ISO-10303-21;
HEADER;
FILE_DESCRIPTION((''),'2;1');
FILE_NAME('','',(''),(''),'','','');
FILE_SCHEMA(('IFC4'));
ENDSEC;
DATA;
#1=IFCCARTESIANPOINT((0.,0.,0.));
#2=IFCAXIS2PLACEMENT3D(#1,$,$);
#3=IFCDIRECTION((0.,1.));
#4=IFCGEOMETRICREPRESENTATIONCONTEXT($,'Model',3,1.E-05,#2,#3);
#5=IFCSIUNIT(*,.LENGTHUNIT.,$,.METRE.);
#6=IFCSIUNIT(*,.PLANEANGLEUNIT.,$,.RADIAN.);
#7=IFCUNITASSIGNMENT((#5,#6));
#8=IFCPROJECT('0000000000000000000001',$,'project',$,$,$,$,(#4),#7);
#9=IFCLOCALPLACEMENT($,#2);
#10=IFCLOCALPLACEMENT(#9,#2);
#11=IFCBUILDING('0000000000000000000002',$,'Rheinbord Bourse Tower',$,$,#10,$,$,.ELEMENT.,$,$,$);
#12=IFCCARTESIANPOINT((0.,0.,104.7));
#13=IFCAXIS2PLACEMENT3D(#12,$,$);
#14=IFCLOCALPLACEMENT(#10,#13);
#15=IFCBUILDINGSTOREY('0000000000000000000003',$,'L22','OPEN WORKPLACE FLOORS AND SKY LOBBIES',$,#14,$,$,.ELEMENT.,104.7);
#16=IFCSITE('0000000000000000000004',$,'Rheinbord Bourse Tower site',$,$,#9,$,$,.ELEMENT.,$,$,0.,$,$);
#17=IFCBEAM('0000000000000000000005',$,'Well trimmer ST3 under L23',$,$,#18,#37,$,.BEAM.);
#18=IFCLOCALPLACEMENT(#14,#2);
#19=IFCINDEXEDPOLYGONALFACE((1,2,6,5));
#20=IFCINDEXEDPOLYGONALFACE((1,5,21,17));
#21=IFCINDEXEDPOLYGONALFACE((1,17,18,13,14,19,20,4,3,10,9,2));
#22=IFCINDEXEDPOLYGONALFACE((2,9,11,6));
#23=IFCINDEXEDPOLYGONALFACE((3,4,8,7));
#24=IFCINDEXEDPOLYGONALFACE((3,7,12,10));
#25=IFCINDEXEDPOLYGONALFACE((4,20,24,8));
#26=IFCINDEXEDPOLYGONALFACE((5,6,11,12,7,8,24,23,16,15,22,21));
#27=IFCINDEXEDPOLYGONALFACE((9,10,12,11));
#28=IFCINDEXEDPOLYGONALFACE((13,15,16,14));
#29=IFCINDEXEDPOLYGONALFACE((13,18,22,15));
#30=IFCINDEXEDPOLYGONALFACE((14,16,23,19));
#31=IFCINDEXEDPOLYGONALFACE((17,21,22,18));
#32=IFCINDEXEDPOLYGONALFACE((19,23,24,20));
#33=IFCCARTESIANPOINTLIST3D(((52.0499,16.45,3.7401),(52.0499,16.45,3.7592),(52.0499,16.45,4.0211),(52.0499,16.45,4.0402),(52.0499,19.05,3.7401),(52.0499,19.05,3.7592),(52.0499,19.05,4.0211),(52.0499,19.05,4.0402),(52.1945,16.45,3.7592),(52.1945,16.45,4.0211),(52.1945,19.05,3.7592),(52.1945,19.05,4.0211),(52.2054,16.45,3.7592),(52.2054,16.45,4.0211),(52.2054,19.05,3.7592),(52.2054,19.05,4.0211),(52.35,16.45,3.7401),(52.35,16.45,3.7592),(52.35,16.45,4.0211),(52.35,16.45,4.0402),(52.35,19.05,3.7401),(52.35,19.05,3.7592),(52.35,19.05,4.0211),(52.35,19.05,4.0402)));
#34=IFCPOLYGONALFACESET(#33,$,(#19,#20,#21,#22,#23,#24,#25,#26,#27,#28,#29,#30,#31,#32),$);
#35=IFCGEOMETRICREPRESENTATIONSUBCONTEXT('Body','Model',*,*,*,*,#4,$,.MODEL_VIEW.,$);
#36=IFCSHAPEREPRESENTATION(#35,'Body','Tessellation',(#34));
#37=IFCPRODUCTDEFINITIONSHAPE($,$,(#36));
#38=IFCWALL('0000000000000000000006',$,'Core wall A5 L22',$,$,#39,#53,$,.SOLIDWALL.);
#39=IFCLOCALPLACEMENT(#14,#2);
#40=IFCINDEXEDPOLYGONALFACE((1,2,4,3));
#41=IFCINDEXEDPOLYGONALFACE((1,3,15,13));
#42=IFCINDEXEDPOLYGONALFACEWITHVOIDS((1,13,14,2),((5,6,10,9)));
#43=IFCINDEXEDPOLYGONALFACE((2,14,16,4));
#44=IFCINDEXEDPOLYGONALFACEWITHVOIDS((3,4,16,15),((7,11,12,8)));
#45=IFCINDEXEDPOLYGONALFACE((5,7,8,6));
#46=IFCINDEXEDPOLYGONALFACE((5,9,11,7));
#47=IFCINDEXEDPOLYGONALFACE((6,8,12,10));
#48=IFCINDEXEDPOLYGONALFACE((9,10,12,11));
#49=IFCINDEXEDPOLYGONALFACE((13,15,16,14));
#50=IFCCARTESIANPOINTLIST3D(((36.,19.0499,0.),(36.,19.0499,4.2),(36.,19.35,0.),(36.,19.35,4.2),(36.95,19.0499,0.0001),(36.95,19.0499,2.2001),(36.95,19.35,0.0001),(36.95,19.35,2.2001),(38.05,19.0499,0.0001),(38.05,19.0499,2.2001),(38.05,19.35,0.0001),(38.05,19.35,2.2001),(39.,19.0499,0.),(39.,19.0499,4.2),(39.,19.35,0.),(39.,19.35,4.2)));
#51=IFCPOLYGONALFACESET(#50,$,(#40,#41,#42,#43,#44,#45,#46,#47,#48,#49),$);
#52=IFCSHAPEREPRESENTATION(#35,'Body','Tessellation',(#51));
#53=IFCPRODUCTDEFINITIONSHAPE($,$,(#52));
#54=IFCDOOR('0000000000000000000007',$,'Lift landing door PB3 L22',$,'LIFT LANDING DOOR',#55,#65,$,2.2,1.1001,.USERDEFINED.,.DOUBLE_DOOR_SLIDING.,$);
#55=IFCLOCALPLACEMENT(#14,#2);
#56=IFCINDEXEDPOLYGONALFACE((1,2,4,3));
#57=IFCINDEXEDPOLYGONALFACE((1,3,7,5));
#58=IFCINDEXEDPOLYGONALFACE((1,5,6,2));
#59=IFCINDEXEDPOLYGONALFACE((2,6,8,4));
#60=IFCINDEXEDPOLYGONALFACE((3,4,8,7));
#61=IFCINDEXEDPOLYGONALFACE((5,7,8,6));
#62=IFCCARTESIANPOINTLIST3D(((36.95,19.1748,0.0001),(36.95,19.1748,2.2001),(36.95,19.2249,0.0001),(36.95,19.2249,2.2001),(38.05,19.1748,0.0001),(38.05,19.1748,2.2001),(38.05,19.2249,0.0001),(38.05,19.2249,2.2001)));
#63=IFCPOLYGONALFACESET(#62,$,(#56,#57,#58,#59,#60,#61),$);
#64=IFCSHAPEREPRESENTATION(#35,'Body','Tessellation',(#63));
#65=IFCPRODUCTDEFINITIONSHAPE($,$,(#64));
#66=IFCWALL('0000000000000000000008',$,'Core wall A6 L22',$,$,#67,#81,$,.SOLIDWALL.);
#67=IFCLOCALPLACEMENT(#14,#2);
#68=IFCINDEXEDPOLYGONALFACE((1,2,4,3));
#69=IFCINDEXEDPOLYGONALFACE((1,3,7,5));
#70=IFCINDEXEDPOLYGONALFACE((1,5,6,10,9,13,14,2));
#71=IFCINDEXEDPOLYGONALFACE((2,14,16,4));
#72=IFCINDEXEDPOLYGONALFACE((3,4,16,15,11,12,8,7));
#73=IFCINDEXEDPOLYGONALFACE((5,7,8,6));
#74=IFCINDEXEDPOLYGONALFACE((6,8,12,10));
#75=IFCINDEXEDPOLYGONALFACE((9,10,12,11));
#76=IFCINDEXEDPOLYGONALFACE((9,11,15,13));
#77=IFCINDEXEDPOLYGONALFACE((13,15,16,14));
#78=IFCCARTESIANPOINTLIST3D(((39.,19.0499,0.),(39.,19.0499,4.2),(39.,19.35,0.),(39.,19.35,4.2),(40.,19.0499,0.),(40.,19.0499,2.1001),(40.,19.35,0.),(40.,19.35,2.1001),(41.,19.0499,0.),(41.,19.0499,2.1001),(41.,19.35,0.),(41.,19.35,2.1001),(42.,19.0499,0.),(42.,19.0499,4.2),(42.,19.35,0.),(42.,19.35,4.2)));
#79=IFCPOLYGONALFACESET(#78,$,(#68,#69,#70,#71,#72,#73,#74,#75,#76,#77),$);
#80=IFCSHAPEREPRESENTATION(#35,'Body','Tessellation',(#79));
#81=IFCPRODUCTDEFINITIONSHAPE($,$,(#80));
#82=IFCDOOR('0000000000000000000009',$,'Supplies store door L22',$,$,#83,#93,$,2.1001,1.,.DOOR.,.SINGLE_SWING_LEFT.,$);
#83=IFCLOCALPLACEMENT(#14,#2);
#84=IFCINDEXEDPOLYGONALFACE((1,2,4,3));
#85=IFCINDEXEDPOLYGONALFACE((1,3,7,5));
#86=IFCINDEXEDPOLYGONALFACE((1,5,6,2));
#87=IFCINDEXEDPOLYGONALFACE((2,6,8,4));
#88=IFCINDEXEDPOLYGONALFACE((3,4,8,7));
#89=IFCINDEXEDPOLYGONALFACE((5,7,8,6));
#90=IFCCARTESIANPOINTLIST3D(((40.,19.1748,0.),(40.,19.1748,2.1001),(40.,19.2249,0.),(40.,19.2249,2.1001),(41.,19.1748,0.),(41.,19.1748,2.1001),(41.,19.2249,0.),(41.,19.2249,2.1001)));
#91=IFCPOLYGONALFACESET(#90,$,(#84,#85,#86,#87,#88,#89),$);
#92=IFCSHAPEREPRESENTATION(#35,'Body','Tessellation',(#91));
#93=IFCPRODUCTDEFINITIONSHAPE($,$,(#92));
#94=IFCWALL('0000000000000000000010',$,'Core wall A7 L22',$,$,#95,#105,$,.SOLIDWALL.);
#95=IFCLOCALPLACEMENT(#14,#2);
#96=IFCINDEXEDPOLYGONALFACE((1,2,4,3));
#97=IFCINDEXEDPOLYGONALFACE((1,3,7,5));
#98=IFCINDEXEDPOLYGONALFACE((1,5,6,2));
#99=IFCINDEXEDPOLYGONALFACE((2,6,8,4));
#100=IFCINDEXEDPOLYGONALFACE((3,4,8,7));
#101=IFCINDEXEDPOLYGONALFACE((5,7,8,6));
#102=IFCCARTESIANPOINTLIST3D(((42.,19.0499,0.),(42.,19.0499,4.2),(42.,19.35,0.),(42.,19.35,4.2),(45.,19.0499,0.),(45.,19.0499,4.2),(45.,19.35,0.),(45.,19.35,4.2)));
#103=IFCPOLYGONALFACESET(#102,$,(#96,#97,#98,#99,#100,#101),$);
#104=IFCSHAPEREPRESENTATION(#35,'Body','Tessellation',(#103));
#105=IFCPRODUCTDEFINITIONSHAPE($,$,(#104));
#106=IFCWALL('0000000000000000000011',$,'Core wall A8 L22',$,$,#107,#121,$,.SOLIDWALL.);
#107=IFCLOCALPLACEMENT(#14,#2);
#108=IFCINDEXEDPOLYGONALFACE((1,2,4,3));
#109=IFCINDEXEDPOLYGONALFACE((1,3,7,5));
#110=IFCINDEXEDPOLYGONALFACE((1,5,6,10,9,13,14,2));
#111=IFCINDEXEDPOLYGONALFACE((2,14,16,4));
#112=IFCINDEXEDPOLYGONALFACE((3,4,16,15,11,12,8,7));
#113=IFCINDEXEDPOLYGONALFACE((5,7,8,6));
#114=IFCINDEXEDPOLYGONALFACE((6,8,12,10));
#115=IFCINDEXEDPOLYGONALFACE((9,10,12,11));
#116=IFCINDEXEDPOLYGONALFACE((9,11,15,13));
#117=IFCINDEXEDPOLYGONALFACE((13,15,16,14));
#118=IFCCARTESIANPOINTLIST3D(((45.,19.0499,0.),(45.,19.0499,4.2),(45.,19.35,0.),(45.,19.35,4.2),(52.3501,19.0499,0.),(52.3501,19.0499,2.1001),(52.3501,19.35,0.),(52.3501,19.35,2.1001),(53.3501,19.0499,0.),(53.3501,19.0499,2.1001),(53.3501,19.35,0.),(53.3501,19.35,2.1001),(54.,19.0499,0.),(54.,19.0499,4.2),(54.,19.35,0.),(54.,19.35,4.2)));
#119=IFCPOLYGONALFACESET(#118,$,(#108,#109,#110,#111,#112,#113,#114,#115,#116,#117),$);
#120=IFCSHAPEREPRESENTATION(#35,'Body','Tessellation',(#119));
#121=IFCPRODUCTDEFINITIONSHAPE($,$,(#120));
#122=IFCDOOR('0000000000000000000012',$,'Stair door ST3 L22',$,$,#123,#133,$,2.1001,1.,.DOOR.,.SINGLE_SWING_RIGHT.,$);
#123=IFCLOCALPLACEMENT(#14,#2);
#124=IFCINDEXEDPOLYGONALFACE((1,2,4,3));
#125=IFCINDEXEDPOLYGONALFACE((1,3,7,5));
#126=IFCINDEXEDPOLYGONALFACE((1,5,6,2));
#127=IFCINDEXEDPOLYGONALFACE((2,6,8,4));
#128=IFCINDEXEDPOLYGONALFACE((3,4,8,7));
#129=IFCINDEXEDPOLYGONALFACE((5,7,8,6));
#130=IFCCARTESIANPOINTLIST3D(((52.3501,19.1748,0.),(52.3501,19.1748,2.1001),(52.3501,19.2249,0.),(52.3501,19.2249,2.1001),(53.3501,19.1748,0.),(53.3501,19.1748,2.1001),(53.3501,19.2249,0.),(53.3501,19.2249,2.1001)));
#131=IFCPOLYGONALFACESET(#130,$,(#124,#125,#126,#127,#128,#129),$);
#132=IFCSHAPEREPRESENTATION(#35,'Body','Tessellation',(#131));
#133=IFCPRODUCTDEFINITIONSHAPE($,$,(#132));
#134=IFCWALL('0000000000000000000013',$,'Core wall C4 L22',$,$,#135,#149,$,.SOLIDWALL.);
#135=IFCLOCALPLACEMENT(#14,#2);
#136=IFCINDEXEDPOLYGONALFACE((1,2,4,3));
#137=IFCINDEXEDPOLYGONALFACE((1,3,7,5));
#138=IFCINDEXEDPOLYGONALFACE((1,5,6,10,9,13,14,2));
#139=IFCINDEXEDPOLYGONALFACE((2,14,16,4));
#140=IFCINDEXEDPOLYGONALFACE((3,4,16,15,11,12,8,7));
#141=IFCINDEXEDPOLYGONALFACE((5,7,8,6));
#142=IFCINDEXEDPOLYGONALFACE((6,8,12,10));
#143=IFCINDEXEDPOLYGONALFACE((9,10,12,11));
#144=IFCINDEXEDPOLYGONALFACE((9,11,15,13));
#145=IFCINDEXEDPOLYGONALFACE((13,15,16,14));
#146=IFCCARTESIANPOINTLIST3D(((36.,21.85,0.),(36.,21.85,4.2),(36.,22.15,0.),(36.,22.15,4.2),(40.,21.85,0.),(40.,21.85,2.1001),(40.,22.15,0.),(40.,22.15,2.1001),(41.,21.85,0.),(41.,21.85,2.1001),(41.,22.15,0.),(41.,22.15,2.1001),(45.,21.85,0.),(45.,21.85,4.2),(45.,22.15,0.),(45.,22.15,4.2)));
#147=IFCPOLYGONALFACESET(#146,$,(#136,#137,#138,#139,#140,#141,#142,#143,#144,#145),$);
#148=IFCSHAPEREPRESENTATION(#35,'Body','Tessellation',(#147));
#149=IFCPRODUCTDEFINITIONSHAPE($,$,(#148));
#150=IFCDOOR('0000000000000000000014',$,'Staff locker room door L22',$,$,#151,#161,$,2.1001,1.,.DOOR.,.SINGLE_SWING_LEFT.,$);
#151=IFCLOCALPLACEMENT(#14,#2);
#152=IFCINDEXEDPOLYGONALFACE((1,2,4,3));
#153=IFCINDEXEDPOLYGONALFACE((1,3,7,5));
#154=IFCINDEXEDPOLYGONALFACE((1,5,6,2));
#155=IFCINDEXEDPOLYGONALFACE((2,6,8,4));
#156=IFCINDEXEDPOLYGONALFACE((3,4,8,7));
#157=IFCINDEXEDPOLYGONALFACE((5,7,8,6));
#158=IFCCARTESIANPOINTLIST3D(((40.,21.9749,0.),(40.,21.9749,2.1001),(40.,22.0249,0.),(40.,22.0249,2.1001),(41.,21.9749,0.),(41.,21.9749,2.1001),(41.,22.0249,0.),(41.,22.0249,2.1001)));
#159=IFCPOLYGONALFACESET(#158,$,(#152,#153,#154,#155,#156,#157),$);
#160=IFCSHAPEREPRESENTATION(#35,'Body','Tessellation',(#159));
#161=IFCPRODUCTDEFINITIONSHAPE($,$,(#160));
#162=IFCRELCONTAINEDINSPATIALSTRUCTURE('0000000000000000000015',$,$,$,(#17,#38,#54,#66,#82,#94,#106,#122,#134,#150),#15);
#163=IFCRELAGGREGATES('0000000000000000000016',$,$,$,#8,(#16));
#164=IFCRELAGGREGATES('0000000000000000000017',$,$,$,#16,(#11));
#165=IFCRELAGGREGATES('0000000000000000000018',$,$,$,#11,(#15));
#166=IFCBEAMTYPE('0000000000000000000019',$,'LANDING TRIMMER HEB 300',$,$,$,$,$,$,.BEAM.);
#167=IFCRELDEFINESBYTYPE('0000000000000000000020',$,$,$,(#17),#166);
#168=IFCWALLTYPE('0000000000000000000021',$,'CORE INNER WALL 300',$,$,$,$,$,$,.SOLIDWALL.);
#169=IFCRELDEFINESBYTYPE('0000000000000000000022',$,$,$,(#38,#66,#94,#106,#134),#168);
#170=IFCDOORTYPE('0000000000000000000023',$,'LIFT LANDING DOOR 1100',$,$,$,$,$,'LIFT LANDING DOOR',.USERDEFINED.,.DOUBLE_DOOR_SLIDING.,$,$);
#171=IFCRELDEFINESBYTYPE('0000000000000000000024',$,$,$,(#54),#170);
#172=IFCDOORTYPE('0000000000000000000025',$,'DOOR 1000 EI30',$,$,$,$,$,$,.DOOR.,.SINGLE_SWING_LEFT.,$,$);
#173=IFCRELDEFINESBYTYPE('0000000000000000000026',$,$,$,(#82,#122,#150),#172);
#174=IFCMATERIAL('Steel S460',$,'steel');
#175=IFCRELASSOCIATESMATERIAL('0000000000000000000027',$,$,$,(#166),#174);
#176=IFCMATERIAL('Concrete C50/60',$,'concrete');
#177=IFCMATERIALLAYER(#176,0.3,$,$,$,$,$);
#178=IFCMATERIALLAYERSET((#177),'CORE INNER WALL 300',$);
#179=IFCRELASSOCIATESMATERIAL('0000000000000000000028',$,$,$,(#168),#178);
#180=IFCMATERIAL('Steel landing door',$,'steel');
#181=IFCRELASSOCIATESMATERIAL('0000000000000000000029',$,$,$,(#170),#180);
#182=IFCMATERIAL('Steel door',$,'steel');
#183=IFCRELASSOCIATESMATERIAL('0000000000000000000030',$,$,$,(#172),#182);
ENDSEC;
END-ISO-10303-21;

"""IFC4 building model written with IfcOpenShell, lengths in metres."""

from ifc_helpers import new_model, si_unit, direction, frame, frame_2d, origin, origin_2d, place, context, subcontext, project, spatial, rectangle, i_section, extrude, material, layer, layer_set, material_profile, profile_set, type_object, element, fill, save


model = new_model("IFC4")

# Units and contexts
model_context = context("Model", 3, precision=1e-05, world=origin(), true_north=direction((0.0, 1.0)))
body_context = subcontext(model_context, "Body", "Model", "MODEL_VIEW")
ifc_project = project(units=[si_unit("LENGTHUNIT", "METRE"), si_unit("PLANEANGLEUNIT", "RADIAN")], contexts=[model_context])

# Site, building, storey
site_placement = place(None, origin())
site = spatial("IfcSite", under=ifc_project, at=site_placement, Name="Rheinbord Bourse Tower site", CompositionType="ELEMENT", RefElevation=0.0)
building_placement = place(site_placement, origin())
building = spatial("IfcBuilding", under=site, at=building_placement, Name="Rheinbord Bourse Tower", CompositionType="ELEMENT")
storey_placement = place(building_placement, frame((0.0, 0.0, 104.7)))
storey = spatial("IfcBuildingStorey", under=building, at=storey_placement, Name="L22", Description="OPEN WORKPLACE FLOORS AND SKY LOBBIES", CompositionType="ELEMENT", Elevation=104.7)

# Beam
ifc_material_1 = material(Name="Steel S460", Category="steel")
ifc_material_profile = material_profile(ifc_material_1, i_section(OverallWidth=0.3, OverallDepth=0.3, WebThickness=0.011, FlangeThickness=0.019, at=origin_2d()), Name="HEB 300")
ifc_profile_set = profile_set([ifc_material_profile], Name="Steel S460")
beam_type = type_object("IfcBeamType", Name="LANDING TRIMMER HEB 300", PredefinedType="BEAM", material=ifc_profile_set)
beam_placement = place(storey_placement, frame((52.2, 16.45, 3.8901), z_axis=(0.0, 1.0, 0.0), x_axis=(-1.0, 0.0, 0.0)))
element("IfcBeam", 1, at=beam_placement, inside=storey, type_object=beam_type, Name="Well trimmer ST3 under L23", PredefinedType="BEAM", context=body_context, shape_type="SweptSolid", body=[
    extrude(i_section(OverallWidth=0.3, OverallDepth=0.3, WebThickness=0.011, FlangeThickness=0.019, at=origin_2d()), origin(), (0.0, 0.0, 1.0), 2.6001),
])

# Walls, openings, doors
ifc_material_2 = material(Name="Concrete C50/60", Category="concrete")
ifc_layer_1 = layer(ifc_material_2, 0.3)
ifc_layer_set_1 = layer_set([ifc_layer_1], Name="CORE INNER WALL 300")
wall_type_1 = type_object("IfcWallType", Name="CORE INNER WALL 300", PredefinedType="SOLIDWALL", material=ifc_layer_set_1)
wall_1_placement = place(storey_placement, frame((36.0, 19.2, 0.0), z_axis=(0.0, 0.0, 1.0), x_axis=(1.0, 0.0, 0.0)))
wall_1 = element("IfcWall", 2, at=wall_1_placement, inside=storey, type_object=wall_type_1, Name="Core wall A5 L22", PredefinedType="SOLIDWALL", context=body_context, shape_type="SweptSolid", body=[
    extrude(rectangle(XDim=3.0, YDim=0.3, at=frame_2d((1.5, 0.0))), origin(), (0.0, 0.0, 1.0), 4.2),
])
opening_1_placement = place(wall_1_placement, frame((0.95, 0.0, 0.0)))
opening_1 = element("IfcOpeningElement", 3, at=opening_1_placement, cuts=wall_1, PredefinedType="OPENING", context=body_context, shape_type="SweptSolid", body=[
    extrude(rectangle(XDim=1.1001, YDim=2.2, at=frame_2d((0.55, 1.1001))), frame((0.0, 0.1599, 0.0), z_axis=(0.0, -1.0, 0.0), x_axis=(1.0, 0.0, 0.0)), (0.0, 0.0, 1.0), 0.3201),
])
ifc_material_3 = material(Name="Steel landing door", Category="steel")
door_type_1 = type_object("IfcDoorType", Name="LIFT LANDING DOOR 1100", ElementType="LIFT LANDING DOOR", OperationType="DOUBLE_DOOR_SLIDING", PredefinedType="USERDEFINED", material=ifc_material_3)
door_1_placement = place(opening_1_placement, origin())
door_1 = element("IfcDoor", 4, at=door_1_placement, inside=storey, type_object=door_type_1, Name="Lift landing door PB3 L22", ObjectType="LIFT LANDING DOOR", OperationType="DOUBLE_DOOR_SLIDING", OverallHeight=2.2, OverallWidth=1.1001, PredefinedType="USERDEFINED", context=body_context, shape_type="SweptSolid", body=[
    extrude(rectangle(XDim=1.1001, YDim=2.2, at=frame_2d((0.55, 1.1001))), frame((0.0, 0.0249, 0.0), z_axis=(0.0, -1.0, 0.0), x_axis=(1.0, 0.0, 0.0)), (0.0, 0.0, 1.0), 0.05),
])
fill(opening_1, door_1)
wall_2_placement = place(storey_placement, frame((39.0, 19.2, 0.0), z_axis=(0.0, 0.0, 1.0), x_axis=(1.0, 0.0, 0.0)))
wall_2 = element("IfcWall", 5, at=wall_2_placement, inside=storey, type_object=wall_type_1, Name="Core wall A6 L22", PredefinedType="SOLIDWALL", context=body_context, shape_type="SweptSolid", body=[
    extrude(rectangle(XDim=3.0, YDim=0.3, at=frame_2d((1.5, 0.0))), origin(), (0.0, 0.0, 1.0), 4.2),
])
opening_2_placement = place(wall_2_placement, frame((1.0, 0.0, 0.0)))
opening_2 = element("IfcOpeningElement", 6, at=opening_2_placement, cuts=wall_2, PredefinedType="OPENING", context=body_context, shape_type="SweptSolid", body=[
    extrude(rectangle(XDim=1.0, YDim=2.1001, at=frame_2d((0.5, 1.05))), frame((0.0, 0.1599, 0.0), z_axis=(0.0, -1.0, 0.0), x_axis=(1.0, 0.0, 0.0)), (0.0, 0.0, 1.0), 0.3201),
])
ifc_material_4 = material(Name="Steel door", Category="steel")
door_type_2 = type_object("IfcDoorType", Name="DOOR 1000 EI30", OperationType="SINGLE_SWING_LEFT", PredefinedType="DOOR", material=ifc_material_4)
door_2_placement = place(opening_2_placement, origin())
door_2 = element("IfcDoor", 7, at=door_2_placement, inside=storey, type_object=door_type_2, Name="Supplies store door L22", OperationType="SINGLE_SWING_LEFT", OverallHeight=2.1001, OverallWidth=1.0, PredefinedType="DOOR", context=body_context, shape_type="SweptSolid", body=[
    extrude(rectangle(XDim=1.0, YDim=2.1001, at=frame_2d((0.5, 1.05))), frame((0.0, 0.0249, 0.0), z_axis=(0.0, -1.0, 0.0), x_axis=(1.0, 0.0, 0.0)), (0.0, 0.0, 1.0), 0.05),
])
fill(opening_2, door_2)

# Wall
wall_3_placement = place(storey_placement, frame((42.0, 19.2, 0.0), z_axis=(0.0, 0.0, 1.0), x_axis=(1.0, 0.0, 0.0)))
element("IfcWall", 8, at=wall_3_placement, inside=storey, type_object=wall_type_1, Name="Core wall A7 L22", PredefinedType="SOLIDWALL", context=body_context, shape_type="SweptSolid", body=[
    extrude(rectangle(XDim=3.0, YDim=0.3, at=frame_2d((1.5, 0.0))), origin(), (0.0, 0.0, 1.0), 4.2),
])

# Walls, openings, doors
wall_4_placement = place(storey_placement, frame((45.0, 19.2, 0.0), z_axis=(0.0, 0.0, 1.0), x_axis=(1.0, 0.0, 0.0)))
wall_4 = element("IfcWall", 9, at=wall_4_placement, inside=storey, type_object=wall_type_1, Name="Core wall A8 L22", PredefinedType="SOLIDWALL", context=body_context, shape_type="SweptSolid", body=[
    extrude(rectangle(XDim=9.0, YDim=0.3, at=frame_2d((4.5, 0.0))), origin(), (0.0, 0.0, 1.0), 4.2),
])
opening_3_placement = place(wall_4_placement, frame((7.3501, 0.0, 0.0)))
opening_3 = element("IfcOpeningElement", 10, at=opening_3_placement, cuts=wall_4, PredefinedType="OPENING", context=body_context, shape_type="SweptSolid", body=[
    extrude(rectangle(XDim=1.0, YDim=2.1001, at=frame_2d((0.5, 1.05))), frame((0.0, 0.1599, 0.0), z_axis=(0.0, -1.0, 0.0), x_axis=(1.0, 0.0, 0.0)), (0.0, 0.0, 1.0), 0.3201),
])
door_3_placement = place(opening_3_placement, origin())
door_3 = element("IfcDoor", 11, at=door_3_placement, inside=storey, type_object=door_type_2, Name="Stair door ST3 L22", OperationType="SINGLE_SWING_RIGHT", OverallHeight=2.1001, OverallWidth=1.0, PredefinedType="DOOR", context=body_context, shape_type="SweptSolid", body=[
    extrude(rectangle(XDim=1.0, YDim=2.1001, at=frame_2d((0.5, 1.05))), frame((0.0, 0.0249, 0.0), z_axis=(0.0, -1.0, 0.0), x_axis=(1.0, 0.0, 0.0)), (0.0, 0.0, 1.0), 0.05),
])
fill(opening_3, door_3)
wall_5_placement = place(storey_placement, frame((36.0, 22.0, 0.0), z_axis=(0.0, 0.0, 1.0), x_axis=(1.0, 0.0, 0.0)))
wall_5 = element("IfcWall", 12, at=wall_5_placement, inside=storey, type_object=wall_type_1, Name="Core wall C4 L22", PredefinedType="SOLIDWALL", context=body_context, shape_type="SweptSolid", body=[
    extrude(rectangle(XDim=9.0, YDim=0.3, at=frame_2d((4.5, 0.0))), origin(), (0.0, 0.0, 1.0), 4.2),
])
opening_4_placement = place(wall_5_placement, frame((4.0, 0.0, 0.0)))
opening_4 = element("IfcOpeningElement", 13, at=opening_4_placement, cuts=wall_5, PredefinedType="OPENING", context=body_context, shape_type="SweptSolid", body=[
    extrude(rectangle(XDim=1.0, YDim=2.1001, at=frame_2d((0.5, 1.05))), frame((0.0, 0.1599, 0.0), z_axis=(0.0, -1.0, 0.0), x_axis=(1.0, 0.0, 0.0)), (0.0, 0.0, 1.0), 0.3201),
])
door_4_placement = place(opening_4_placement, origin())
door_4 = element("IfcDoor", 14, at=door_4_placement, inside=storey, type_object=door_type_2, Name="Staff locker room door L22", OperationType="SINGLE_SWING_LEFT", OverallHeight=2.1001, OverallWidth=1.0, PredefinedType="DOOR", context=body_context, shape_type="SweptSolid", body=[
    extrude(rectangle(XDim=1.0, YDim=2.1001, at=frame_2d((0.5, 1.05))), frame((0.0, 0.0249, 0.0), z_axis=(0.0, -1.0, 0.0), x_axis=(1.0, 0.0, 0.0)), (0.0, 0.0, 1.0), 0.05),
])
fill(opening_4, door_4)

save(model, "model.ifc")
